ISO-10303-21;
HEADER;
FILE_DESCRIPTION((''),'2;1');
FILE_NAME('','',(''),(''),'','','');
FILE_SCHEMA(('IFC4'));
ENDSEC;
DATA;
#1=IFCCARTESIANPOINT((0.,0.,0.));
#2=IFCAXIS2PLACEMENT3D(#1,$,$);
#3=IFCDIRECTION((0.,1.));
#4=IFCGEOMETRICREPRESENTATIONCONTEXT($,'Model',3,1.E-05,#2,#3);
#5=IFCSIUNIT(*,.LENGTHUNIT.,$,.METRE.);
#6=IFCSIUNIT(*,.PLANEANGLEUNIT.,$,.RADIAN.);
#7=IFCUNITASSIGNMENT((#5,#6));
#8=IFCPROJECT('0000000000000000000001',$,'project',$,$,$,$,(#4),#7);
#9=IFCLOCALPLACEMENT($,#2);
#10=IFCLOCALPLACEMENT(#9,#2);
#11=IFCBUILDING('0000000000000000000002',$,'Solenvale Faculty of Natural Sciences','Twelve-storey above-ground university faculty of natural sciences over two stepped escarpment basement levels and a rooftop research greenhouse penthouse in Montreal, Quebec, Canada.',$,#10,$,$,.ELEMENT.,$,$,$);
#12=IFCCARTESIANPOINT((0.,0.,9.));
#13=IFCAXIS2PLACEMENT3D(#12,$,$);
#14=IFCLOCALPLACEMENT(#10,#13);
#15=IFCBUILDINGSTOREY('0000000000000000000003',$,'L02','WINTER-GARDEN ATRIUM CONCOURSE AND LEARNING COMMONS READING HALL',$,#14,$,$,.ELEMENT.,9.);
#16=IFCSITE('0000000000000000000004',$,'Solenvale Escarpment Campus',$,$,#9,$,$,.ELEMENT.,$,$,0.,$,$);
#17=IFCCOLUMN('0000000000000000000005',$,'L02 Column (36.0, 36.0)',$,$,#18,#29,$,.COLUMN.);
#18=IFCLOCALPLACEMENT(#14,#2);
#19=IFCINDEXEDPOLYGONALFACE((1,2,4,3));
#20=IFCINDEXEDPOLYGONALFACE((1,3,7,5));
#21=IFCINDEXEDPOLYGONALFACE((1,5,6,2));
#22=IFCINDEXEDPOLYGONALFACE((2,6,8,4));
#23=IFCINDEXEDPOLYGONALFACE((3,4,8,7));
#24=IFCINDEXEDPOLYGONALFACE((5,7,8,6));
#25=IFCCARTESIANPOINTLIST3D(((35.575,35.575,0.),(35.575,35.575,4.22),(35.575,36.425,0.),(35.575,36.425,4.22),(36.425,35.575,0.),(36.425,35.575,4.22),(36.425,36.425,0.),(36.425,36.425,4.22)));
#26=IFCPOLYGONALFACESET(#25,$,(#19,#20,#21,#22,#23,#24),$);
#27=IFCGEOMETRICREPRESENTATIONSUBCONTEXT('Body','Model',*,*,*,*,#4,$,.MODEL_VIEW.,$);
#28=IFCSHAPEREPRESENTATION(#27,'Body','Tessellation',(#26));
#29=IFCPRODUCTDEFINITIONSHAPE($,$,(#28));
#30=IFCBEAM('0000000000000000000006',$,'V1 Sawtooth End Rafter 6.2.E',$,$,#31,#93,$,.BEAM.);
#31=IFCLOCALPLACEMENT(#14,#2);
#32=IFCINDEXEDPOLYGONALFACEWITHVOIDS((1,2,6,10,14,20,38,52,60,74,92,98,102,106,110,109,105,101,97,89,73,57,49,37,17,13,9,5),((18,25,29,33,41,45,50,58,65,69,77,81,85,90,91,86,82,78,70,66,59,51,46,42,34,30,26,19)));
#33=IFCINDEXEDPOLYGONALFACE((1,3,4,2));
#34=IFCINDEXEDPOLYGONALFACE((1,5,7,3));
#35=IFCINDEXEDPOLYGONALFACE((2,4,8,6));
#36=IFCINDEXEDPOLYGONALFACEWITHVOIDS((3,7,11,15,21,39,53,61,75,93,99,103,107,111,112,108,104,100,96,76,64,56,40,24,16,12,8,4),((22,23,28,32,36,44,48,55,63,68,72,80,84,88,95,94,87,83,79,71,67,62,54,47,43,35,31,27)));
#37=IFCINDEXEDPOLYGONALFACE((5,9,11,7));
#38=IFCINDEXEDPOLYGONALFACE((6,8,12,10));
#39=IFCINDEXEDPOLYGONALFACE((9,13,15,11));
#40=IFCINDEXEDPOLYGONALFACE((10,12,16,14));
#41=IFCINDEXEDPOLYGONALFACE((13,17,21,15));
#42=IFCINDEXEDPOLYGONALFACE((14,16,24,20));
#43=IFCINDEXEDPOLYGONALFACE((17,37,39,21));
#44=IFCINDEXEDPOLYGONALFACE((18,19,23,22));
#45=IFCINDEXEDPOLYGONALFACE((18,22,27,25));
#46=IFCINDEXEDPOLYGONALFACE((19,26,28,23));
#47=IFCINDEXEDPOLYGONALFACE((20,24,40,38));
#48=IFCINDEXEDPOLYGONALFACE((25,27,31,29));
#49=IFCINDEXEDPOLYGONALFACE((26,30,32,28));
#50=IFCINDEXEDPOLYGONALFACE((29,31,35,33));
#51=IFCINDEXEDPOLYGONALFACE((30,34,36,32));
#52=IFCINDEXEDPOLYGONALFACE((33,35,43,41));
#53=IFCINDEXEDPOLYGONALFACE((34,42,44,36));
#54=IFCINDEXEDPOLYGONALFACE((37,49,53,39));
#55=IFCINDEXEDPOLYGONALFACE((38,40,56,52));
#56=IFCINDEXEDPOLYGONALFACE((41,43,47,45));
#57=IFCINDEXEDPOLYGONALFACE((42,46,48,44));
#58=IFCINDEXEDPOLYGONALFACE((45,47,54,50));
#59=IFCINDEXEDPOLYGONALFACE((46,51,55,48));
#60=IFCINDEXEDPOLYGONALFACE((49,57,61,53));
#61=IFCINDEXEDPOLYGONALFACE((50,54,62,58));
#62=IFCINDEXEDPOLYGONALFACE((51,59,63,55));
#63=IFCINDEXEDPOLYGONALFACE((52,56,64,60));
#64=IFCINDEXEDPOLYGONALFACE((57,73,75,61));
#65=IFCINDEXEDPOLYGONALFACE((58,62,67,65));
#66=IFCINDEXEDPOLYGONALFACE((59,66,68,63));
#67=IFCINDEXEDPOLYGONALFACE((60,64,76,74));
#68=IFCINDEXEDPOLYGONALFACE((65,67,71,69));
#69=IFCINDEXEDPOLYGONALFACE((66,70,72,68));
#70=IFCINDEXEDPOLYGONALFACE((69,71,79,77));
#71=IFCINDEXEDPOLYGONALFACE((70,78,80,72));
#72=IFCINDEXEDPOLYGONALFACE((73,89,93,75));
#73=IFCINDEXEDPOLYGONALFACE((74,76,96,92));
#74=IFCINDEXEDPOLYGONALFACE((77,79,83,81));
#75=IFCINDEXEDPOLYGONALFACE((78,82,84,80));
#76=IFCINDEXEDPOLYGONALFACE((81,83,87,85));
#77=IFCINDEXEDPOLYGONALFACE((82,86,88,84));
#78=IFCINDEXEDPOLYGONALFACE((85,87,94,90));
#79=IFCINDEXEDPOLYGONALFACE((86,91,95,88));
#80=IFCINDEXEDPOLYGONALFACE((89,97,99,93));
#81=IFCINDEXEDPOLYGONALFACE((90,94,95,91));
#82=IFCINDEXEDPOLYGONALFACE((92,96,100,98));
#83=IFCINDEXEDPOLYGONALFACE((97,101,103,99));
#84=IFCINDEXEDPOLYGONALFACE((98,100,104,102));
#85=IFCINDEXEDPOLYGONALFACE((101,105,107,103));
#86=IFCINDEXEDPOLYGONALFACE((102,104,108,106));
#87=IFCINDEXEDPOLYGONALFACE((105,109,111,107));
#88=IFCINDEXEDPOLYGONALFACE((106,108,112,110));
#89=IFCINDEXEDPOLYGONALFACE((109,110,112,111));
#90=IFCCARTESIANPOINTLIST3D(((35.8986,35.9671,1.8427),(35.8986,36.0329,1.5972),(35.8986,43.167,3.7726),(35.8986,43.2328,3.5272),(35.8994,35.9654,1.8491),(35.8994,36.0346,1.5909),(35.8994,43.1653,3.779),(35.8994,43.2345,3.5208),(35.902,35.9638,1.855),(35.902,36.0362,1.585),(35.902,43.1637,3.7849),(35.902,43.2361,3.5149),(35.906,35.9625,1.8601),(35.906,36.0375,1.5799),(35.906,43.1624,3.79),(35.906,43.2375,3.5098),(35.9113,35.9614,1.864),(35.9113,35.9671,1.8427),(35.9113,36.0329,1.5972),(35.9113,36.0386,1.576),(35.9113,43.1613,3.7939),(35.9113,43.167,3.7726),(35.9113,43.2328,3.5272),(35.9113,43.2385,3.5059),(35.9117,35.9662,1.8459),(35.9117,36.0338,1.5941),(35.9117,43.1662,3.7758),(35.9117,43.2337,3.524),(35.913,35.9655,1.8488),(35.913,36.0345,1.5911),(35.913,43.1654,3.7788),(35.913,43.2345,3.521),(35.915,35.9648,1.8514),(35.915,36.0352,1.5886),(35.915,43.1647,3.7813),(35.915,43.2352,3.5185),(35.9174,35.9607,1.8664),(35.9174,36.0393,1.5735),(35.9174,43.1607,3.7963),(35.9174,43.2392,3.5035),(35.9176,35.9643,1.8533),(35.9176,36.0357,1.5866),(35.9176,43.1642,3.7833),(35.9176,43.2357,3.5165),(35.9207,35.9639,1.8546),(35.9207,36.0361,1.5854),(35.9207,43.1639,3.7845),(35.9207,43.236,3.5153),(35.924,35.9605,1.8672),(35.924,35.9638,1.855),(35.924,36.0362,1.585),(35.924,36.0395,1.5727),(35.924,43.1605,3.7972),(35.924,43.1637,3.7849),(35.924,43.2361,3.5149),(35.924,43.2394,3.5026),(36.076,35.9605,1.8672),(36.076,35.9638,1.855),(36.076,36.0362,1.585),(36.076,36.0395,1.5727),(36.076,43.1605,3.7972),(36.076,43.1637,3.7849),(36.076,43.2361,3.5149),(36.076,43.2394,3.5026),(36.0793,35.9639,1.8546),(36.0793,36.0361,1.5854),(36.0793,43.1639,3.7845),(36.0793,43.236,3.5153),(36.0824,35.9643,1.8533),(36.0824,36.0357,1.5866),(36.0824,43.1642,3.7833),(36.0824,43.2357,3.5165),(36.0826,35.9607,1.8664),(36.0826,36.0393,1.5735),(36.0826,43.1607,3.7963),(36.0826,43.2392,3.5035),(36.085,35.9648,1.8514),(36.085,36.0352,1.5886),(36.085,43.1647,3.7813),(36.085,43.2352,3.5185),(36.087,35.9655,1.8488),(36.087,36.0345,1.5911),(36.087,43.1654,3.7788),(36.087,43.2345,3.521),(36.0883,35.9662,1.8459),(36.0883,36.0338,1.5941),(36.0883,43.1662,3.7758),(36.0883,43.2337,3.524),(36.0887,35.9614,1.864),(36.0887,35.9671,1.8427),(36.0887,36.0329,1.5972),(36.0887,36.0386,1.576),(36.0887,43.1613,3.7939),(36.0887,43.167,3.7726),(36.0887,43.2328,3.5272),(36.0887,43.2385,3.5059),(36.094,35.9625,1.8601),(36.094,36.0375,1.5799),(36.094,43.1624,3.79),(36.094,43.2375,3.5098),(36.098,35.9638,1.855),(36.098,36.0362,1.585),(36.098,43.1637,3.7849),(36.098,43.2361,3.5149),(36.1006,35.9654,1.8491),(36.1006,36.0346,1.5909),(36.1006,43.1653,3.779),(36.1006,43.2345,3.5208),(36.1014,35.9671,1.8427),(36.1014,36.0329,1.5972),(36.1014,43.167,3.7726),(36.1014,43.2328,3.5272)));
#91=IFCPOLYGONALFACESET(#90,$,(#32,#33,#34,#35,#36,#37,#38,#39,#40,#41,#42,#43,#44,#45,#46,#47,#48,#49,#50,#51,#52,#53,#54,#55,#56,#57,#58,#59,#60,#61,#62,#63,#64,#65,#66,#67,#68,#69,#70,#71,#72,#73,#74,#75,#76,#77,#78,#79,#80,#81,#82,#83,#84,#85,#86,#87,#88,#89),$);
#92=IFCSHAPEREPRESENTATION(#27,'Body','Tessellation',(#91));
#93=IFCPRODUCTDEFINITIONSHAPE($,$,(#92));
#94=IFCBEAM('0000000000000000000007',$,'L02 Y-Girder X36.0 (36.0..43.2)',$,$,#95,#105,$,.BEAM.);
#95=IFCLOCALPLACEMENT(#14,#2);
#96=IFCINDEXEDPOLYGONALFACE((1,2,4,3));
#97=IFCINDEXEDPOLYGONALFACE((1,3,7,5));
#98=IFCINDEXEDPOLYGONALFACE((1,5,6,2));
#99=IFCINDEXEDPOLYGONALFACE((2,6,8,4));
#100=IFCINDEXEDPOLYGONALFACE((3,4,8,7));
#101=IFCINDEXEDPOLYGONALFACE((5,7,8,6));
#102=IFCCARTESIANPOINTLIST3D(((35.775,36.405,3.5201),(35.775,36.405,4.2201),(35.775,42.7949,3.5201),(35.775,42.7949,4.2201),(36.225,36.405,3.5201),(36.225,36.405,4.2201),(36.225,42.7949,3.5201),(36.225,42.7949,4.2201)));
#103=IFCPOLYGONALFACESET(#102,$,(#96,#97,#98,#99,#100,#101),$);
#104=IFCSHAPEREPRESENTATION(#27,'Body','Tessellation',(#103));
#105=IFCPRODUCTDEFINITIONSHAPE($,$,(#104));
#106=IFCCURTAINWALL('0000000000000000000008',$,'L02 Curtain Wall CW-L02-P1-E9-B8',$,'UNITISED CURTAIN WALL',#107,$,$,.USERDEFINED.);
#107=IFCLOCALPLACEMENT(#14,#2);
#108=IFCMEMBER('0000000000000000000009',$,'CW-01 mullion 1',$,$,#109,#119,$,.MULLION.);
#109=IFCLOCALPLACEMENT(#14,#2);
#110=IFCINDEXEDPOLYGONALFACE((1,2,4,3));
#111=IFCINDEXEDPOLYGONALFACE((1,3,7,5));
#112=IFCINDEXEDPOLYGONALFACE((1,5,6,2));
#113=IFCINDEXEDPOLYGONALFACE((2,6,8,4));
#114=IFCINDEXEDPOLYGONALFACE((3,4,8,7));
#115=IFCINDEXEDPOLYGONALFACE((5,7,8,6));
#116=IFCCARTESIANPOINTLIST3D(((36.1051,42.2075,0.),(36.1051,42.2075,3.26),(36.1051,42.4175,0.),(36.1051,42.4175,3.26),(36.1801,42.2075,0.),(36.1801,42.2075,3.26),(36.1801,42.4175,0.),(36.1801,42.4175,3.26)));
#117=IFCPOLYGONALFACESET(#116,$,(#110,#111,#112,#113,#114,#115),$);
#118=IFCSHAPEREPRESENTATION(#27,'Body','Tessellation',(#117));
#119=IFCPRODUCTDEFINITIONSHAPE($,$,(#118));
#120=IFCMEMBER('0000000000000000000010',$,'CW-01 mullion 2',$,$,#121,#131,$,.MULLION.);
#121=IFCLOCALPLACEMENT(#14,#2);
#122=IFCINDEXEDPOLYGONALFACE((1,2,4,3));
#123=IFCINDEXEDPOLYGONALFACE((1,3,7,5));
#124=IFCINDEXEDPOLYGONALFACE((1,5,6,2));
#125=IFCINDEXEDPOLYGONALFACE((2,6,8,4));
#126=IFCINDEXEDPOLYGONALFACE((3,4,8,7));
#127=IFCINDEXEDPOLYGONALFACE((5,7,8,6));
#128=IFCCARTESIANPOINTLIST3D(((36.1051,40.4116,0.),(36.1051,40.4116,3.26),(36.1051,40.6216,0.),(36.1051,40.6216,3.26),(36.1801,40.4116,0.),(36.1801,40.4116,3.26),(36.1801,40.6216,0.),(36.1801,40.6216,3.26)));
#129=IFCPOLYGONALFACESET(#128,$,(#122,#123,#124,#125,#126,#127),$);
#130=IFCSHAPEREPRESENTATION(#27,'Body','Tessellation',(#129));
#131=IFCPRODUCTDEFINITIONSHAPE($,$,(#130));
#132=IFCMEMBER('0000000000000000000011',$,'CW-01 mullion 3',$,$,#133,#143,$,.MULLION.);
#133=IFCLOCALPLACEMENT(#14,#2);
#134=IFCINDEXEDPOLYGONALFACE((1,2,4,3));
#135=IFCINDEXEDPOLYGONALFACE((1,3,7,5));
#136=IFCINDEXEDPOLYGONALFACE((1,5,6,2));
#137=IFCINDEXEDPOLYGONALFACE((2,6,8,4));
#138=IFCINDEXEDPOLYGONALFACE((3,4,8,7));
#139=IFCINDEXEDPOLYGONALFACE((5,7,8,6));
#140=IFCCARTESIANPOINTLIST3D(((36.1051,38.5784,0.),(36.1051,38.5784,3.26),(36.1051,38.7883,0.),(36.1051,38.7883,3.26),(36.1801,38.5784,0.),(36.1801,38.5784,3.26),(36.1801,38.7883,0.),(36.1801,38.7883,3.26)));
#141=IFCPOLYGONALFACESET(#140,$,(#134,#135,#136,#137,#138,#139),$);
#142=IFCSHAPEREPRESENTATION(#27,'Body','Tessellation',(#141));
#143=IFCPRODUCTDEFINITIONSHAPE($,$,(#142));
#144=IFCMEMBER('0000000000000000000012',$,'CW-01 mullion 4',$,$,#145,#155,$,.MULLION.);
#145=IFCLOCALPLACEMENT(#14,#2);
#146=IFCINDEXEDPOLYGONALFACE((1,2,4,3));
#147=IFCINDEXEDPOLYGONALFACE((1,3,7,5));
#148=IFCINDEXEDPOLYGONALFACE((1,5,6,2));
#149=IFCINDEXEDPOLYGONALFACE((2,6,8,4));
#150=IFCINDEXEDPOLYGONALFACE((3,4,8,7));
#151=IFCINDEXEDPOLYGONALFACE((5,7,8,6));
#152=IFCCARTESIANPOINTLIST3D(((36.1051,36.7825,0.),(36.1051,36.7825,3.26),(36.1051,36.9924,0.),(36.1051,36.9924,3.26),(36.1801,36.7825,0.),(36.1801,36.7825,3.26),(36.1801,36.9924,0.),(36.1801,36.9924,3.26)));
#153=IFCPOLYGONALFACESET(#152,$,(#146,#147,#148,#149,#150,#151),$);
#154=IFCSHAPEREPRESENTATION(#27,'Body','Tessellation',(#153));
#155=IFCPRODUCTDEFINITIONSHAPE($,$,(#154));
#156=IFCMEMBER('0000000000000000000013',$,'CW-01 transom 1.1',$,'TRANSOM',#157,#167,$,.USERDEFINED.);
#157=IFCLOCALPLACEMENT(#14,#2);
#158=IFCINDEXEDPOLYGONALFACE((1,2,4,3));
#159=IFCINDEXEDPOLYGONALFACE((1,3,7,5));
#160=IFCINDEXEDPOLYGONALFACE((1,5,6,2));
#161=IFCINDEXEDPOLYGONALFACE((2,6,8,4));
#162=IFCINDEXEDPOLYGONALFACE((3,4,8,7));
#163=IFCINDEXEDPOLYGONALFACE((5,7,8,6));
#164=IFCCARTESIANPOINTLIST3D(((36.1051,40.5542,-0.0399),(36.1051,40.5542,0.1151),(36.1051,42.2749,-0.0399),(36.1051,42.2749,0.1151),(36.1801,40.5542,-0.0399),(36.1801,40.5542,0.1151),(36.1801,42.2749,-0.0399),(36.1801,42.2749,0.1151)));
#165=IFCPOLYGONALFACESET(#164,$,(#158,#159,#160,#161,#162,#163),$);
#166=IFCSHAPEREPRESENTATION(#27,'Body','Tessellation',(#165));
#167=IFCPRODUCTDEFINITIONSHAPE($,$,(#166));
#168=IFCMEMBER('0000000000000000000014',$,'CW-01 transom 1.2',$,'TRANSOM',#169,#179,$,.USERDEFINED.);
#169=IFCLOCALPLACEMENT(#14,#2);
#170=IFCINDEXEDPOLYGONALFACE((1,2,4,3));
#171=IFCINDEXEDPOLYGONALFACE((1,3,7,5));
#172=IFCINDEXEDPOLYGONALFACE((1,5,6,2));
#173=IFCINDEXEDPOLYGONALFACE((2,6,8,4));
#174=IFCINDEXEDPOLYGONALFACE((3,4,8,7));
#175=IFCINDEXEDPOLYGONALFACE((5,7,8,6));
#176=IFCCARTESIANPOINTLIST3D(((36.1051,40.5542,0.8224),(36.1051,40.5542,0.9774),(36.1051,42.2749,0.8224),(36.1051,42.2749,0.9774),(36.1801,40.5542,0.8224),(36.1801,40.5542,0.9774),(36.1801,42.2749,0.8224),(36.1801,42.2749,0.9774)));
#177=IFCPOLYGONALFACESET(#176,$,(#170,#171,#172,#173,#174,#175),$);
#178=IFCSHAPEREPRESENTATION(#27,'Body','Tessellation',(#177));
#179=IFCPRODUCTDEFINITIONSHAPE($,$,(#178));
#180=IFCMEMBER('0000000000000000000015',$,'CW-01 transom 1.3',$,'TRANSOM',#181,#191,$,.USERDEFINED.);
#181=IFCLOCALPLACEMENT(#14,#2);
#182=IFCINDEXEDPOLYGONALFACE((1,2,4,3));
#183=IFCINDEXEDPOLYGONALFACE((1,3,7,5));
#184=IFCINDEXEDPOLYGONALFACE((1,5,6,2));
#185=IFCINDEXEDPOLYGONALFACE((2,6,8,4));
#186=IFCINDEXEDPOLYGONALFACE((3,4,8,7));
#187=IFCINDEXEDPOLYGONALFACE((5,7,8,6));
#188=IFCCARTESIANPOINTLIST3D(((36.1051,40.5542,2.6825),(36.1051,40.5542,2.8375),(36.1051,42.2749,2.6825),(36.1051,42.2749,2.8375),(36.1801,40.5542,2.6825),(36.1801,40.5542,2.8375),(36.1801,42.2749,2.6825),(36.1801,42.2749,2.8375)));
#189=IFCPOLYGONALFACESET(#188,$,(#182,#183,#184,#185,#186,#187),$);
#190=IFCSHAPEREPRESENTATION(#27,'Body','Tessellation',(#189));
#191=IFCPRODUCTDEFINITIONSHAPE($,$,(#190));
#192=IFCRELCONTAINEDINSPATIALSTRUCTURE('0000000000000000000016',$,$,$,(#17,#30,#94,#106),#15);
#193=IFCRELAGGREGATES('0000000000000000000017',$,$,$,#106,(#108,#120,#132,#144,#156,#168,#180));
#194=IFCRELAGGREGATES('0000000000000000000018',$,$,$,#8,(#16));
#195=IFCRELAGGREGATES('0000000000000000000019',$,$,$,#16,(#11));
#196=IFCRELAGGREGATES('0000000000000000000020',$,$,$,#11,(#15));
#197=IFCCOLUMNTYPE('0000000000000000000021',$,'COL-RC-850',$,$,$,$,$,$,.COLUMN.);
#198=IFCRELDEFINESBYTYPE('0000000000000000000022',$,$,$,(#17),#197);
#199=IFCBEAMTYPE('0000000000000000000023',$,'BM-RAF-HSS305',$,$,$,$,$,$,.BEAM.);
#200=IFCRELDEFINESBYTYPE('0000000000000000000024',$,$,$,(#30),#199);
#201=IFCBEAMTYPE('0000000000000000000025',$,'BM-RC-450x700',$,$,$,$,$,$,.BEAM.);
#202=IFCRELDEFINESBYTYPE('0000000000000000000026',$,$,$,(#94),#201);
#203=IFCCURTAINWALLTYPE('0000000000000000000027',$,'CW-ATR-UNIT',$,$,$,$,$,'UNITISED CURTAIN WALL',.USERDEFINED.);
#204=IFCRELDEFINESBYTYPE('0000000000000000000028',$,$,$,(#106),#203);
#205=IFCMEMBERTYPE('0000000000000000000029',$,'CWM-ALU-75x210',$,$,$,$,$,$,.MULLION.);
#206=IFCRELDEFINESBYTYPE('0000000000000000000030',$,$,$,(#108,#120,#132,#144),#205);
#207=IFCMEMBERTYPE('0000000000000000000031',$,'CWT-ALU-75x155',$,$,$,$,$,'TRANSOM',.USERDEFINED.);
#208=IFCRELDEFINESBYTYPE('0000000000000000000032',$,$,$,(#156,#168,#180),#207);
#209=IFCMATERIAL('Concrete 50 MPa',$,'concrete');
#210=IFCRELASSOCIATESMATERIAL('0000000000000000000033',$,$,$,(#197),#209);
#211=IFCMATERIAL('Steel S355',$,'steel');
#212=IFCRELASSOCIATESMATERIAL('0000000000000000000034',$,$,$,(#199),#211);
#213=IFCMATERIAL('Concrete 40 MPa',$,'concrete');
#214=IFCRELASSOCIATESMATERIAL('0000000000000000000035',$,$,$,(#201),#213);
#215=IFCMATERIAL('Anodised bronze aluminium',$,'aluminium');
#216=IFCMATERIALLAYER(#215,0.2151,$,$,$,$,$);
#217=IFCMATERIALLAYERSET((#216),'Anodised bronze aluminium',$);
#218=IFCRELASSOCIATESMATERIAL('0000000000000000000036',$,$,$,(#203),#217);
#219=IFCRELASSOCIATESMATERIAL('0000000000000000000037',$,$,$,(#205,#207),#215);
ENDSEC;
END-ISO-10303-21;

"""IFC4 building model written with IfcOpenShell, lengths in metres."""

from ifc_helpers import new_model, si_unit, direction, frame, origin, origin_2d, place, context, subcontext, project, spatial, rectangle, hollow_rectangle, extrude, material, layer, layer_set, material_profile, profile_set, type_object, element, aggregate, save


model = new_model("IFC4")

# Units and contexts
model_context = context("Model", 3, precision=1e-05, world=origin(), true_north=direction((0.0, 1.0)))
body_context = subcontext(model_context, "Body", "Model", "MODEL_VIEW")
ifc_project = project(units=[si_unit("LENGTHUNIT", "METRE"), si_unit("PLANEANGLEUNIT", "RADIAN")], contexts=[model_context])

# Site, building, storey
site_placement = place(None, origin())
site = spatial("IfcSite", under=ifc_project, at=site_placement, Name="Solenvale Escarpment Campus", CompositionType="ELEMENT", RefElevation=0.0)
building_placement = place(site_placement, origin())
building = spatial("IfcBuilding", under=site, at=building_placement, Name="Solenvale Faculty of Natural Sciences", Description="Twelve-storey above-ground university faculty of natural sciences over two stepped escarpment basement levels and a rooftop research greenhouse penthouse in Montreal, Quebec, Canada.", CompositionType="ELEMENT")
storey_placement = place(building_placement, frame((0.0, 0.0, 9.0)))
storey = spatial("IfcBuildingStorey", under=building, at=storey_placement, Name="L02", Description="WINTER-GARDEN ATRIUM CONCOURSE AND LEARNING COMMONS READING HALL", CompositionType="ELEMENT", Elevation=9.0)

# Column
ifc_material_1 = material(Name="Concrete 50 MPa", Category="concrete")
ifc_material_profile_1 = material_profile(ifc_material_1, rectangle(XDim=0.8501, YDim=0.8501, at=origin_2d()), Name="RC-COL-850x850")
ifc_profile_set_1 = profile_set([ifc_material_profile_1], Name="Concrete 50 MPa")
column_type = type_object("IfcColumnType", Name="COL-RC-850", PredefinedType="COLUMN", material=ifc_profile_set_1)
column_placement = place(storey_placement, frame((36.0, 36.0, 0.0), z_axis=(0.0, 0.0, 1.0), x_axis=(1.0, 0.0, 0.0)))
element("IfcColumn", 1, at=column_placement, inside=storey, type_object=column_type, Name="L02 Column (36.0, 36.0)", PredefinedType="COLUMN", context=body_context, shape_type="SweptSolid", body=[
    extrude(rectangle(XDim=0.8501, YDim=0.8501, at=origin_2d()), origin(), (0.0, 0.0, 1.0), 4.22),
])

# Beams
ifc_material_2 = material(Name="Steel S355", Category="steel")
ifc_material_profile_2 = material_profile(ifc_material_2, hollow_rectangle(XDim=0.2029, YDim=0.3049, WallThickness=0.0127, InnerFilletRadius=0.0127, OuterFilletRadius=0.0254, at=origin_2d()), Name="HSS305x203x13")
ifc_profile_set_2 = profile_set([ifc_material_profile_2], Name="Steel S355")
beam_type_1 = type_object("IfcBeamType", Name="BM-RAF-HSS305", PredefinedType="BEAM", material=ifc_profile_set_2)
beam_1_placement = place(storey_placement, frame((36.0, 36.0, 1.72), z_axis=(0.0, 0.965902, 0.258908), x_axis=(-1.0, 0.0, 0.0)))
element("IfcBeam", 2, at=beam_1_placement, inside=storey, type_object=beam_type_1, Name="V1 Sawtooth End Rafter 6.2.E", PredefinedType="BEAM", context=body_context, shape_type="SweptSolid", body=[
    extrude(hollow_rectangle(XDim=0.2029, YDim=0.3049, WallThickness=0.0127, InnerFilletRadius=0.0127, OuterFilletRadius=0.0254, at=origin_2d()), origin(), (0.0, 0.0, 1.0), 7.4541),
])
ifc_material_3 = material(Name="Concrete 40 MPa", Category="concrete")
ifc_material_profile_3 = material_profile(ifc_material_3, rectangle(XDim=0.45, YDim=0.7, at=origin_2d()), Name="RC-BM-450x700")
ifc_profile_set_3 = profile_set([ifc_material_profile_3], Name="Concrete 40 MPa")
beam_type_2 = type_object("IfcBeamType", Name="BM-RC-450x700", PredefinedType="BEAM", material=ifc_profile_set_3)
beam_2_placement = place(storey_placement, frame((36.0, 36.405, 3.8701), z_axis=(0.0, 1.0, 0.0), x_axis=(-1.0, 0.0, 0.0)))
element("IfcBeam", 3, at=beam_2_placement, inside=storey, type_object=beam_type_2, Name="L02 Y-Girder X36.0 (36.0..43.2)", PredefinedType="BEAM", context=body_context, shape_type="SweptSolid", body=[
    extrude(rectangle(XDim=0.45, YDim=0.7, at=origin_2d()), origin(), (0.0, 0.0, 1.0), 6.3899),
])

# Curtain wall, members
ifc_material_4 = material(Name="Anodised bronze aluminium", Category="aluminium")
ifc_layer_1 = layer(ifc_material_4, 0.2151)
ifc_layer_set_1 = layer_set([ifc_layer_1], Name="Anodised bronze aluminium")
curtain_wall_type = type_object("IfcCurtainWallType", Name="CW-ATR-UNIT", ElementType="UNITISED CURTAIN WALL", PredefinedType="USERDEFINED", material=ifc_layer_set_1)
curtain_wall_placement = place(storey_placement, origin())
curtain_wall = element("IfcCurtainWall", 4, at=curtain_wall_placement, inside=storey, type_object=curtain_wall_type, Name="L02 Curtain Wall CW-L02-P1-E9-B8", ObjectType="UNITISED CURTAIN WALL", PredefinedType="USERDEFINED")
ifc_material_profile_4 = material_profile(ifc_material_4, rectangle(XDim=0.075, YDim=0.21, at=origin_2d()), Name="ALU-MUL-75x210")
ifc_profile_set_4 = profile_set([ifc_material_profile_4], Name="Anodised bronze aluminium")
member_type_1 = type_object("IfcMemberType", Name="CWM-ALU-75x210", PredefinedType="MULLION", material=ifc_profile_set_4)
member_1_placement = place(storey_placement, frame((36.1426, 42.3125, 0.0), z_axis=(0.0, 0.0, 1.0), x_axis=(1.0, 0.0, 0.0)))
member_1 = element("IfcMember", 5, at=member_1_placement, type_object=member_type_1, Name="CW-01 mullion 1", PredefinedType="MULLION", context=body_context, shape_type="SweptSolid", body=[
    extrude(rectangle(XDim=0.075, YDim=0.21, at=origin_2d()), origin(), (0.0, 0.0, 1.0), 3.26),
])
member_2_placement = place(storey_placement, frame((36.1426, 40.5166, 0.0), z_axis=(0.0, 0.0, 1.0), x_axis=(1.0, 0.0, 0.0)))
member_2 = element("IfcMember", 6, at=member_2_placement, type_object=member_type_1, Name="CW-01 mullion 2", PredefinedType="MULLION", context=body_context, shape_type="SweptSolid", body=[
    extrude(rectangle(XDim=0.075, YDim=0.21, at=origin_2d()), origin(), (0.0, 0.0, 1.0), 3.26),
])
member_3_placement = place(storey_placement, frame((36.1426, 38.6833, 0.0), z_axis=(0.0, 0.0, 1.0), x_axis=(1.0, 0.0, 0.0)))
member_3 = element("IfcMember", 7, at=member_3_placement, type_object=member_type_1, Name="CW-01 mullion 3", PredefinedType="MULLION", context=body_context, shape_type="SweptSolid", body=[
    extrude(rectangle(XDim=0.075, YDim=0.21, at=origin_2d()), origin(), (0.0, 0.0, 1.0), 3.26),
])
member_4_placement = place(storey_placement, frame((36.1426, 36.8875, 0.0), z_axis=(0.0, 0.0, 1.0), x_axis=(1.0, 0.0, 0.0)))
member_4 = element("IfcMember", 8, at=member_4_placement, type_object=member_type_1, Name="CW-01 mullion 4", PredefinedType="MULLION", context=body_context, shape_type="SweptSolid", body=[
    extrude(rectangle(XDim=0.075, YDim=0.21, at=origin_2d()), origin(), (0.0, 0.0, 1.0), 3.26),
])
ifc_material_profile_5 = material_profile(ifc_material_4, rectangle(XDim=0.075, YDim=0.155, at=origin_2d()), Name="ALU-TRN-75x155")
ifc_profile_set_5 = profile_set([ifc_material_profile_5], Name="Anodised bronze aluminium")
member_type_2 = type_object("IfcMemberType", Name="CWT-ALU-75x155", ElementType="TRANSOM", PredefinedType="USERDEFINED", material=ifc_profile_set_5)
member_5_placement = place(storey_placement, frame((36.1426, 42.2749, 0.0376), z_axis=(0.0, -1.0, 0.0), x_axis=(1.0, 0.0, 0.0)))
member_5 = element("IfcMember", 9, at=member_5_placement, type_object=member_type_2, Name="CW-01 transom 1.1", ObjectType="TRANSOM", PredefinedType="USERDEFINED", context=body_context, shape_type="SweptSolid", body=[
    extrude(rectangle(XDim=0.075, YDim=0.155, at=origin_2d()), origin(), (0.0, 0.0, 1.0), 1.7207),
])
member_6_placement = place(storey_placement, frame((36.1426, 42.2749, 0.8999), z_axis=(0.0, -1.0, 0.0), x_axis=(1.0, 0.0, 0.0)))
member_6 = element("IfcMember", 10, at=member_6_placement, type_object=member_type_2, Name="CW-01 transom 1.2", ObjectType="TRANSOM", PredefinedType="USERDEFINED", context=body_context, shape_type="SweptSolid", body=[
    extrude(rectangle(XDim=0.075, YDim=0.155, at=origin_2d()), origin(), (0.0, 0.0, 1.0), 1.7207),
])
member_7_placement = place(storey_placement, frame((36.1426, 42.2749, 2.76), z_axis=(0.0, -1.0, 0.0), x_axis=(1.0, 0.0, 0.0)))
member_7 = element("IfcMember", 11, at=member_7_placement, type_object=member_type_2, Name="CW-01 transom 1.3", ObjectType="TRANSOM", PredefinedType="USERDEFINED", context=body_context, shape_type="SweptSolid", body=[
    extrude(rectangle(XDim=0.075, YDim=0.155, at=origin_2d()), origin(), (0.0, 0.0, 1.0), 1.7207),
])
aggregate(curtain_wall, [member_1, member_2, member_3, member_4, member_5, member_6, member_7])

save(model, "model.ifc")
